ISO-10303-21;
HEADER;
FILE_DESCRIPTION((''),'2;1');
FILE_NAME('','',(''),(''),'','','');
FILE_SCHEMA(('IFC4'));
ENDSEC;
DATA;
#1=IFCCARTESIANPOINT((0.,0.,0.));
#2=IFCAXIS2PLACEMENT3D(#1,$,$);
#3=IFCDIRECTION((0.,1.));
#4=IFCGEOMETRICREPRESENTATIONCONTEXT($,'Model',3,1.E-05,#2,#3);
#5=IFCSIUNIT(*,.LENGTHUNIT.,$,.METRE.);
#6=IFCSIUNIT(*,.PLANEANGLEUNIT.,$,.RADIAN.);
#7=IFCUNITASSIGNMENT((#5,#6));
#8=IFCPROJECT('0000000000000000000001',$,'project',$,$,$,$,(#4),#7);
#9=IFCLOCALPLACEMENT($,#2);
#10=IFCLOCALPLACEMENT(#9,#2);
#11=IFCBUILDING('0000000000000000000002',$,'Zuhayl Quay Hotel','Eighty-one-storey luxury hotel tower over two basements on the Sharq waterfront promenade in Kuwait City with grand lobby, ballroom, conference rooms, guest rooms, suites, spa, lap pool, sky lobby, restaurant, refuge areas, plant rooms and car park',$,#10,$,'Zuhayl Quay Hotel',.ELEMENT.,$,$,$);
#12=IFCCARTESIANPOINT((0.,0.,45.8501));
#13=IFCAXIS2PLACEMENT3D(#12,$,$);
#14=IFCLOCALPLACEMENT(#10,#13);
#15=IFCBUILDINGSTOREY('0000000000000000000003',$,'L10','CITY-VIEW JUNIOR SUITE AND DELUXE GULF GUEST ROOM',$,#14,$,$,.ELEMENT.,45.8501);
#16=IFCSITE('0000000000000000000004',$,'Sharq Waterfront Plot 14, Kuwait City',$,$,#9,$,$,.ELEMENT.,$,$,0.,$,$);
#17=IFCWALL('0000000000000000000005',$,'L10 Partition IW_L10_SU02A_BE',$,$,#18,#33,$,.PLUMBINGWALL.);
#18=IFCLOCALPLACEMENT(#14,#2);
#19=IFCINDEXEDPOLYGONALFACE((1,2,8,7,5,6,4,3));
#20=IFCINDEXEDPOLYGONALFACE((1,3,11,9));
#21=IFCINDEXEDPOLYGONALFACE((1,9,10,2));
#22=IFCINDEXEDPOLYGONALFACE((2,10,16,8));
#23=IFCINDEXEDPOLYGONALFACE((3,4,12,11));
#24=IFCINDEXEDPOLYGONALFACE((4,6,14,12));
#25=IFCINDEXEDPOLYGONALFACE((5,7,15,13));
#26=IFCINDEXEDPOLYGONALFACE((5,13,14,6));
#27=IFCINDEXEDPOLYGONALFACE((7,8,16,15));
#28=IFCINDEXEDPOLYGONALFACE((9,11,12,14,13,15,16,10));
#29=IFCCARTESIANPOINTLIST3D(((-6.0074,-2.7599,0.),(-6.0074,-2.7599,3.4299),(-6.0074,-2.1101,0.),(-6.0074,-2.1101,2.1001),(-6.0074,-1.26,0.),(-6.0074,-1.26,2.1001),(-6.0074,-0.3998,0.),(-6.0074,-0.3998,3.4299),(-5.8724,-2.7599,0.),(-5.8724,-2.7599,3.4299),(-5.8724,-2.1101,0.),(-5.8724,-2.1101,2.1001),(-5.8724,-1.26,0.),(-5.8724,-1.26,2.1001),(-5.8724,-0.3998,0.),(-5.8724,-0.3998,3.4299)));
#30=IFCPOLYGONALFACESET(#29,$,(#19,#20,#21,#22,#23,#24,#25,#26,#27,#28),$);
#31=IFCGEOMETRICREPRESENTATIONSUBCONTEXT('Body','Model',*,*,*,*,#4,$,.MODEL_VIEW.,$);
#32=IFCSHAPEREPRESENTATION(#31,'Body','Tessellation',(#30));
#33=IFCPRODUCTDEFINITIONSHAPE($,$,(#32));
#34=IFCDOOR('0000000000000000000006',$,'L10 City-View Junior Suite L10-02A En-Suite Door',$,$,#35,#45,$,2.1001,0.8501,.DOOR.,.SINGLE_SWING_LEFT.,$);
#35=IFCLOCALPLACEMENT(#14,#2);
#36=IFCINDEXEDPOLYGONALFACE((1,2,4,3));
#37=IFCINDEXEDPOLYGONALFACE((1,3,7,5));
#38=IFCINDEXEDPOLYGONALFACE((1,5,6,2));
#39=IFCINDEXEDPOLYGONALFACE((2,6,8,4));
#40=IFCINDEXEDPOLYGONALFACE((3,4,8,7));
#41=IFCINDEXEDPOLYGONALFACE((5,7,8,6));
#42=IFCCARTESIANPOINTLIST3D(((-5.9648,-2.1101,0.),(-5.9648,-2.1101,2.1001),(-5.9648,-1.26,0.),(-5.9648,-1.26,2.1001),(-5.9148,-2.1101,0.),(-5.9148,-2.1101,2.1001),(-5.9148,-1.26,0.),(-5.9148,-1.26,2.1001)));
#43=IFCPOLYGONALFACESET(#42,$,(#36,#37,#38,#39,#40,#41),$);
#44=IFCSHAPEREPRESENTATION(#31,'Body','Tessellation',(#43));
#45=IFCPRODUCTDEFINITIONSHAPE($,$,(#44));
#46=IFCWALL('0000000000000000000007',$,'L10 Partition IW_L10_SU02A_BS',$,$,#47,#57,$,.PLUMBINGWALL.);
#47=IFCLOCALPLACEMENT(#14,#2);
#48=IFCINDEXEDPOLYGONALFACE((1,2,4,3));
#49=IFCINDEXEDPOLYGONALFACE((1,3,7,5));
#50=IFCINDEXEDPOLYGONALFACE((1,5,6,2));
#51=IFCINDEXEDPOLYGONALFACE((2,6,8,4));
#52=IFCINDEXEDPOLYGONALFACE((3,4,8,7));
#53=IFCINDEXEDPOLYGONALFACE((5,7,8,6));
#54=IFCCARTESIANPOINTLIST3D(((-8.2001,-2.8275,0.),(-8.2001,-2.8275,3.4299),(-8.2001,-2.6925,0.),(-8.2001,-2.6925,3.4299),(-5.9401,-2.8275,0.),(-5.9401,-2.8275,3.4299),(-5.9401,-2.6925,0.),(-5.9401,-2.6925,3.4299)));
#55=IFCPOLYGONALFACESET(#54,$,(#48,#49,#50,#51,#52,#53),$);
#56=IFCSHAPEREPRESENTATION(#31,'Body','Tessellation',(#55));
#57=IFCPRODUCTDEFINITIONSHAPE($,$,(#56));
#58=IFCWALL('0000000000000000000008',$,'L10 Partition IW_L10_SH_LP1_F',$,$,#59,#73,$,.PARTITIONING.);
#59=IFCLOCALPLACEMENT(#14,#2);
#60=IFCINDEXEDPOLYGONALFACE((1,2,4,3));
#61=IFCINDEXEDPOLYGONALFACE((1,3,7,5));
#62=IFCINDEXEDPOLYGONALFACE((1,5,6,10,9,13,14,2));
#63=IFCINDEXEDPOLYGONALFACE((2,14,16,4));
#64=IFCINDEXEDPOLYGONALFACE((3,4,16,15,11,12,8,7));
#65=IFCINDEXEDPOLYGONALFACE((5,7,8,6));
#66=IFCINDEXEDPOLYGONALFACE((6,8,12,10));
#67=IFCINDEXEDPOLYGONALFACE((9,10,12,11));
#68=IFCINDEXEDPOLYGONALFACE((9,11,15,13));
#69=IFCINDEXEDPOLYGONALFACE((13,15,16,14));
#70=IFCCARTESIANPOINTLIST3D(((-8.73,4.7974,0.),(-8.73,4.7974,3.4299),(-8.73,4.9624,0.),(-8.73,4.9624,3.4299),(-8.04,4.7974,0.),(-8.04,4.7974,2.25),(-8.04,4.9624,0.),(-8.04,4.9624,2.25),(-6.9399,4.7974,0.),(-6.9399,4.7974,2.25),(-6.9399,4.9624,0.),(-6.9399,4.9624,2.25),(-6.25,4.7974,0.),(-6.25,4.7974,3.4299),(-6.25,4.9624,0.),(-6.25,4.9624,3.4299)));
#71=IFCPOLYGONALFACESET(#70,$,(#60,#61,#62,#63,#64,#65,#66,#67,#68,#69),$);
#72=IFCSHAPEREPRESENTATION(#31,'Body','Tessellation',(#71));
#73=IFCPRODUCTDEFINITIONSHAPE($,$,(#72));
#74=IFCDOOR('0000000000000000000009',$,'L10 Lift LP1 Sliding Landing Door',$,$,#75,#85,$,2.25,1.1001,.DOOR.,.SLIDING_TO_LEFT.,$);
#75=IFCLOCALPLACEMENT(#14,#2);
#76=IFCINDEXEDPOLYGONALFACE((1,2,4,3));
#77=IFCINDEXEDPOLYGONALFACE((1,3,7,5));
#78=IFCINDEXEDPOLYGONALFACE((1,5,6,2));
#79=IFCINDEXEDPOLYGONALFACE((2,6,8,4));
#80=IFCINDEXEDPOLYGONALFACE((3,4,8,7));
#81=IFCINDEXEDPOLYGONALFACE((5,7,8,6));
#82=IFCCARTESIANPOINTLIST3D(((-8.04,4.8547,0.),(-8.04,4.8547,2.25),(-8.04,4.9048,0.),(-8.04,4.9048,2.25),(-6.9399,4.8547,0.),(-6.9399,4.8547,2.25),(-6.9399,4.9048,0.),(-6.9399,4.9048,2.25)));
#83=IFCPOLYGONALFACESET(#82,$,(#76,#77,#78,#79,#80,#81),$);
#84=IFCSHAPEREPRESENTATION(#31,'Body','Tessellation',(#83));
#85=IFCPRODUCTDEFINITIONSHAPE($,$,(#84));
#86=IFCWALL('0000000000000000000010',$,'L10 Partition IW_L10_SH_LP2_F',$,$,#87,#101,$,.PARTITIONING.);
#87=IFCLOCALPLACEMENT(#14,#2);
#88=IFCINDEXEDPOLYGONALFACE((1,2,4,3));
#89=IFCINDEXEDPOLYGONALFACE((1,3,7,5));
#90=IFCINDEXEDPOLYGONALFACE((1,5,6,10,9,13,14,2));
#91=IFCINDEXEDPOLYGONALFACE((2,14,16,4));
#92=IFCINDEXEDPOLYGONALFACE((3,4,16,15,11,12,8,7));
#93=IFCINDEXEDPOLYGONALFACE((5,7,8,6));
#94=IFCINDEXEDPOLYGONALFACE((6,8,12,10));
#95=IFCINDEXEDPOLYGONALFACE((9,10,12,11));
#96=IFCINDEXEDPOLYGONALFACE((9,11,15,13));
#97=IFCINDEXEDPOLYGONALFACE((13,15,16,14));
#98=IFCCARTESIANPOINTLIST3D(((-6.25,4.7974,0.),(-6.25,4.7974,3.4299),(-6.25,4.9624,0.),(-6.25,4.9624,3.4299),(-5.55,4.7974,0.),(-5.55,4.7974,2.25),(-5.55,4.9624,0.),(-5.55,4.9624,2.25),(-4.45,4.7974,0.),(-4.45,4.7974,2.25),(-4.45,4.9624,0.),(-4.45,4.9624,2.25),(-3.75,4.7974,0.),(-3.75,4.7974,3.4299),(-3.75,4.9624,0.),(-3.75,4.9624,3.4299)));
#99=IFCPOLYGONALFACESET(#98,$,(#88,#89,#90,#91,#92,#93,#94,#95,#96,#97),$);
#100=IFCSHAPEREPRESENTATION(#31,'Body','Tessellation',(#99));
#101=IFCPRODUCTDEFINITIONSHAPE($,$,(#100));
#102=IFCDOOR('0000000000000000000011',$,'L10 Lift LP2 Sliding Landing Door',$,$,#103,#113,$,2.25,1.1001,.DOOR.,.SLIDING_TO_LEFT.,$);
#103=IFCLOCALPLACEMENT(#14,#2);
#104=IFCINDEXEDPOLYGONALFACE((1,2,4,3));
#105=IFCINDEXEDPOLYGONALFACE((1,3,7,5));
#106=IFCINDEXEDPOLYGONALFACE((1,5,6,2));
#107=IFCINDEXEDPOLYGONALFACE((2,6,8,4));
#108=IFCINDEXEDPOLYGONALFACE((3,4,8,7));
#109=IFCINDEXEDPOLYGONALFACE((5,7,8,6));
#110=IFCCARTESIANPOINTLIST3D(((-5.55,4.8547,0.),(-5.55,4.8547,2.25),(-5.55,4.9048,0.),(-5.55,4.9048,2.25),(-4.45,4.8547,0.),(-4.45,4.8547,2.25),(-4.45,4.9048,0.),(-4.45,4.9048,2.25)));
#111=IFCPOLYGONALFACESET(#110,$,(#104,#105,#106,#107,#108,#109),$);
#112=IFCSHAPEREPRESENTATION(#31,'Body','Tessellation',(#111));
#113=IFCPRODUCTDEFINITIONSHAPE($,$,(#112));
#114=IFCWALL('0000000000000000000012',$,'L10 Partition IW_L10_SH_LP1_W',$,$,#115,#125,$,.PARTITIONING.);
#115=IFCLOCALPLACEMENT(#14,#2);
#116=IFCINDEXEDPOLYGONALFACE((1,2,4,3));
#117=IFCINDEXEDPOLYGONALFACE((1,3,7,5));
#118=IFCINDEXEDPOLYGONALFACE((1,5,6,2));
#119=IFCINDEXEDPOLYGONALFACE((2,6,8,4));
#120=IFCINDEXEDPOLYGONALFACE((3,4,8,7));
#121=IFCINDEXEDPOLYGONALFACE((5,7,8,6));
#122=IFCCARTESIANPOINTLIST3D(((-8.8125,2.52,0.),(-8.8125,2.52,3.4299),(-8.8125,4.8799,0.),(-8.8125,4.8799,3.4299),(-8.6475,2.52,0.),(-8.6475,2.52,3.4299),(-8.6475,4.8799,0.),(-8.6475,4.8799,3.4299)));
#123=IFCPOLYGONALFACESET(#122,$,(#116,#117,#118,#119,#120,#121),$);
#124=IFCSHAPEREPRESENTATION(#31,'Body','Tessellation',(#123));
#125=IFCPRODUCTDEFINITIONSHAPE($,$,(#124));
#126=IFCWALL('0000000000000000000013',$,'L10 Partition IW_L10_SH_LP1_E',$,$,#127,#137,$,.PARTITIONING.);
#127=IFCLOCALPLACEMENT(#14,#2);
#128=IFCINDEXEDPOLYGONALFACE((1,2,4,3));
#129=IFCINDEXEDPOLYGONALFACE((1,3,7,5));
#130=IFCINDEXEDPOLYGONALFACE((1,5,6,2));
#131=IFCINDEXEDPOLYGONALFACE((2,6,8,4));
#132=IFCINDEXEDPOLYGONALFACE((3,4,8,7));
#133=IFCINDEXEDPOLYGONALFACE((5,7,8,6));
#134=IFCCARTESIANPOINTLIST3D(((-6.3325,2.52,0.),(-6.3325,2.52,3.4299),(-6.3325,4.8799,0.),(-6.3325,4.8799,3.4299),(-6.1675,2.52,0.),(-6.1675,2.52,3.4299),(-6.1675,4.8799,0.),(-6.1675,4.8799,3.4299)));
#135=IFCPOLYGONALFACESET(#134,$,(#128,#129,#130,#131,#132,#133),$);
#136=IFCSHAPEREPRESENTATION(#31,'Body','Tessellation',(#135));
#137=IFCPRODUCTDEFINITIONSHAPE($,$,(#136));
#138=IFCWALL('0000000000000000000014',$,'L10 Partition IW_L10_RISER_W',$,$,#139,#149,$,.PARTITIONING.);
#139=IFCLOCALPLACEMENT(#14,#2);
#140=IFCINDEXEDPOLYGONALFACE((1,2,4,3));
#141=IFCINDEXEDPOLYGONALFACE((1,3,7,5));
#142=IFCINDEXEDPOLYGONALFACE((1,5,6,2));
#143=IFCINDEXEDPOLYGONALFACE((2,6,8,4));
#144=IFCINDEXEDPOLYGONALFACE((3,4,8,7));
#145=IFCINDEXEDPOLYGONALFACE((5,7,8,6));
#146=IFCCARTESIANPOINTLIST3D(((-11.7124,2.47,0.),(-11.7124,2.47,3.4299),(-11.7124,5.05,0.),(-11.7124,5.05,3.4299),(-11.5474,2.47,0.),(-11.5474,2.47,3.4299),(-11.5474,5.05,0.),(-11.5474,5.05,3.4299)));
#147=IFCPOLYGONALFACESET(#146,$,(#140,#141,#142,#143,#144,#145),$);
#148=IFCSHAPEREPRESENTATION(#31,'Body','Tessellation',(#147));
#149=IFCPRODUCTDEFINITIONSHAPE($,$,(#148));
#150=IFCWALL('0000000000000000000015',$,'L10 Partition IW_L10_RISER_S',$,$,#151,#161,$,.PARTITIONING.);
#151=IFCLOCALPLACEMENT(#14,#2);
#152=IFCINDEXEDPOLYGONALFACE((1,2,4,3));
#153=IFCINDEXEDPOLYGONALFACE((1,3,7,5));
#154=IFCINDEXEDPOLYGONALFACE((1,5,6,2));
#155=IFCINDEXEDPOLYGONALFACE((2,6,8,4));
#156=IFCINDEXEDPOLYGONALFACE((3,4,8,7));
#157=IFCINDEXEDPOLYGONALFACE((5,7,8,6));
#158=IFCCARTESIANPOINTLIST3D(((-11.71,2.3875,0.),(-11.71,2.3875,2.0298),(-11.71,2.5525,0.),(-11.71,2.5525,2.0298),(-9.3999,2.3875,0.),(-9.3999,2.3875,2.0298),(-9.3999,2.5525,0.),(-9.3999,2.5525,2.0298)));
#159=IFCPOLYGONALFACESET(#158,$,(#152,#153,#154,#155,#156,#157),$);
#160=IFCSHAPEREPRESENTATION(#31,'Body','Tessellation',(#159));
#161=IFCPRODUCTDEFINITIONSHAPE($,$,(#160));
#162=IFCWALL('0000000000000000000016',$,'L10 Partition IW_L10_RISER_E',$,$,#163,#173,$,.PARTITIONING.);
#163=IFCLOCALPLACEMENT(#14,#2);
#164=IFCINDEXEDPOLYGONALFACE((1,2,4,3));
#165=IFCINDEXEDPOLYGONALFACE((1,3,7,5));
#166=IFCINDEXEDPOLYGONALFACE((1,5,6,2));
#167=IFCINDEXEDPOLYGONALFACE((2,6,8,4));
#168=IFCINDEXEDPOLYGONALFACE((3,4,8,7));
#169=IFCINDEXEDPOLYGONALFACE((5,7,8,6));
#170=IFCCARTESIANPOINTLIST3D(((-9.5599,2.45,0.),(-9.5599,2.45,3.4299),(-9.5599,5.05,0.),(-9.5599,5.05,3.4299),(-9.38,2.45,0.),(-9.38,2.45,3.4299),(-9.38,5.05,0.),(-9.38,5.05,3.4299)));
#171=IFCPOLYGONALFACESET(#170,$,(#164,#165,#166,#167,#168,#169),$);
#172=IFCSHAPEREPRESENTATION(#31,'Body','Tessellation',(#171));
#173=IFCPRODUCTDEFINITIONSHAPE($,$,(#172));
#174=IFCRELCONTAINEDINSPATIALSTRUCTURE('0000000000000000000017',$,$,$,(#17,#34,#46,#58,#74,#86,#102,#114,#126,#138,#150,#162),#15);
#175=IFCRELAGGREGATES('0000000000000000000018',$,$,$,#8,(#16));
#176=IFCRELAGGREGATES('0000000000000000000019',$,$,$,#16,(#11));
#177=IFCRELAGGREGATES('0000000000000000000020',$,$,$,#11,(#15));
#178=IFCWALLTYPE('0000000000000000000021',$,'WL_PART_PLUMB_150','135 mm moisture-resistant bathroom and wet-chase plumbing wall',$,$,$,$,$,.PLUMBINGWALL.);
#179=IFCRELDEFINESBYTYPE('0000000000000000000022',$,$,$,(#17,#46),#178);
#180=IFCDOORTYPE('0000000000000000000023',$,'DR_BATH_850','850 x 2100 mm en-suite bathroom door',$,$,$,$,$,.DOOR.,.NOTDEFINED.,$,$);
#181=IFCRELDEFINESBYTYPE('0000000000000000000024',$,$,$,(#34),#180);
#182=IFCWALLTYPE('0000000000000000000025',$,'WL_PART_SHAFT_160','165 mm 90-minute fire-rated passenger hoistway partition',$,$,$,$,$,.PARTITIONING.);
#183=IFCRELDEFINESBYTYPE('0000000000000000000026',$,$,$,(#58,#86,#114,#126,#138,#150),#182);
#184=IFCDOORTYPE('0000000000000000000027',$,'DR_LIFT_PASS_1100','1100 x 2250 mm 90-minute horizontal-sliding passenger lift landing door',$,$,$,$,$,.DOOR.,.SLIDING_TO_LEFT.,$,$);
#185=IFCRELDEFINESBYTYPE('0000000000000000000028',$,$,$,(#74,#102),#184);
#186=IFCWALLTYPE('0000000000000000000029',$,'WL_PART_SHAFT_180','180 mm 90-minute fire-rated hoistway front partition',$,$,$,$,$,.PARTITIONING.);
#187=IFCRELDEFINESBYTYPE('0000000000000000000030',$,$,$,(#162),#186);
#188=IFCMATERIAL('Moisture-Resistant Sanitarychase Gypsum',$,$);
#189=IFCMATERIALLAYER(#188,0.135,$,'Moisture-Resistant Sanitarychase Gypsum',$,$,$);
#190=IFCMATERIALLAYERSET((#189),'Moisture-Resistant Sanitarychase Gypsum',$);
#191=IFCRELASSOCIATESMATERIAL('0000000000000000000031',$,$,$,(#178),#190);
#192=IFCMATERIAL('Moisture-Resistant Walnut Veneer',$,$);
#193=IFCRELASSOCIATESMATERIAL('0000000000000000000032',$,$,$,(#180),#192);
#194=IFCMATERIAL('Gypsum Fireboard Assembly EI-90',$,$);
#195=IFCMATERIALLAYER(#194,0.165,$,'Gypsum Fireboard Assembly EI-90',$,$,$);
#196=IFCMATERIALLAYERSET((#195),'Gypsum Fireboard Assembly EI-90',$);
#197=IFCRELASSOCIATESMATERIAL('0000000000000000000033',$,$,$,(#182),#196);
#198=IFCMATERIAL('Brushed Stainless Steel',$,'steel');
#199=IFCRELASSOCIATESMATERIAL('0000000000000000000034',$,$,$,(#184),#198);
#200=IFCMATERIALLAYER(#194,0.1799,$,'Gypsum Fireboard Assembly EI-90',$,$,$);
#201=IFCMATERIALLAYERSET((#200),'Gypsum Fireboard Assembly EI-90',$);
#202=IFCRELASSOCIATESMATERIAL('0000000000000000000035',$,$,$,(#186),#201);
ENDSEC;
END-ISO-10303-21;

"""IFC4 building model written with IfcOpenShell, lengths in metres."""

from ifc_helpers import new_model, si_unit, direction, frame, frame_2d, origin, place, context, subcontext, project, spatial, rectangle, extrude, material, layer, layer_set, type_object, element, fill, save


model = new_model("IFC4")

# Units and contexts
model_context = context("Model", 3, precision=1e-05, world=origin(), true_north=direction((0.0, 1.0)))
body_context = subcontext(model_context, "Body", "Model", "MODEL_VIEW")
ifc_project = project(units=[si_unit("LENGTHUNIT", "METRE"), si_unit("PLANEANGLEUNIT", "RADIAN")], contexts=[model_context])

# Site, building, storey
site_placement = place(None, origin())
site = spatial("IfcSite", under=ifc_project, at=site_placement, Name="Sharq Waterfront Plot 14, Kuwait City", CompositionType="ELEMENT", RefElevation=0.0)
building_placement = place(site_placement, origin())
building = spatial("IfcBuilding", under=site, at=building_placement, Name="Zuhayl Quay Hotel", Description="Eighty-one-storey luxury hotel tower over two basements on the Sharq waterfront promenade in Kuwait City with grand lobby, ballroom, conference rooms, guest rooms, suites, spa, lap pool, sky lobby, restaurant, refuge areas, plant rooms and car park", LongName="Zuhayl Quay Hotel", CompositionType="ELEMENT")
storey_placement = place(building_placement, frame((0.0, 0.0, 45.8501)))
storey = spatial("IfcBuildingStorey", under=building, at=storey_placement, Name="L10", Description="CITY-VIEW JUNIOR SUITE AND DELUXE GULF GUEST ROOM", CompositionType="ELEMENT", Elevation=45.8501)

# Wall, opening, door
ifc_material_1 = material(Name="Moisture-Resistant Sanitarychase Gypsum")
ifc_layer_1 = layer(ifc_material_1, 0.135, Name="Moisture-Resistant Sanitarychase Gypsum")
ifc_layer_set_1 = layer_set([ifc_layer_1], Name="Moisture-Resistant Sanitarychase Gypsum")
wall_type_1 = type_object("IfcWallType", Name="WL_PART_PLUMB_150", Description="135 mm moisture-resistant bathroom and wet-chase plumbing wall", PredefinedType="PLUMBINGWALL", material=ifc_layer_set_1)
ifc_material_2 = material(Name="Moisture-Resistant Walnut Veneer")
door_type_1 = type_object("IfcDoorType", Name="DR_BATH_850", Description="850 x 2100 mm en-suite bathroom door", OperationType="NOTDEFINED", PredefinedType="DOOR", material=ifc_material_2)
wall_1_placement = place(storey_placement, frame((-5.9399, -2.76, 0.0), z_axis=(0.0, 0.0, 1.0), x_axis=(0.0, 1.0, 0.0)))
wall_1 = element("IfcWall", 1, at=wall_1_placement, inside=storey, type_object=wall_type_1, Name="L10 Partition IW_L10_SU02A_BE", PredefinedType="PLUMBINGWALL", context=body_context, shape_type="SweptSolid", body=[
    extrude(rectangle(XDim=2.3601, YDim=0.135, at=frame_2d((1.1802, 0.0))), origin(), (0.0, 0.0, 1.0), 3.4299),
])
opening_1_placement = place(wall_1_placement, frame((0.6499, 0.0, 0.0)))
opening_1 = element("IfcOpeningElement", 2, at=opening_1_placement, cuts=wall_1, PredefinedType="OPENING", context=body_context, shape_type="SweptSolid", body=[
    extrude(rectangle(XDim=0.8501, YDim=2.1001, at=frame_2d((0.425, 1.05))), frame((0.0, 0.0774, 0.0), z_axis=(0.0, -1.0, 0.0), x_axis=(1.0, 0.0, 0.0)), (0.0, 0.0, 1.0), 0.155),
])
door_1_placement = place(opening_1_placement, origin())
door_1 = element("IfcDoor", 3, at=door_1_placement, inside=storey, type_object=door_type_1, Name="L10 City-View Junior Suite L10-02A En-Suite Door", OperationType="SINGLE_SWING_LEFT", OverallHeight=2.1001, OverallWidth=0.8501, PredefinedType="DOOR", context=body_context, shape_type="SweptSolid", body=[
    extrude(rectangle(XDim=0.8501, YDim=2.1001, at=frame_2d((0.425, 1.05))), frame((0.0, 0.0249, 0.0), z_axis=(0.0, -1.0, 0.0), x_axis=(1.0, 0.0, 0.0)), (0.0, 0.0, 1.0), 0.05),
])
fill(opening_1, door_1)

# Wall
wall_2_placement = place(storey_placement, frame((-8.2, -2.76, 0.0), z_axis=(0.0, 0.0, 1.0), x_axis=(1.0, 0.0, 0.0)))
element("IfcWall", 4, at=wall_2_placement, inside=storey, type_object=wall_type_1, Name="L10 Partition IW_L10_SU02A_BS", PredefinedType="PLUMBINGWALL", context=body_context, shape_type="SweptSolid", body=[
    extrude(rectangle(XDim=2.26, YDim=0.135, at=frame_2d((1.1299, 0.0))), origin(), (0.0, 0.0, 1.0), 3.4299),
])

# Walls, openings, doors
ifc_material_3 = material(Name="Gypsum Fireboard Assembly EI-90")
ifc_layer_2 = layer(ifc_material_3, 0.165, Name="Gypsum Fireboard Assembly EI-90")
ifc_layer_set_2 = layer_set([ifc_layer_2], Name="Gypsum Fireboard Assembly EI-90")
wall_type_2 = type_object("IfcWallType", Name="WL_PART_SHAFT_160", Description="165 mm 90-minute fire-rated passenger hoistway partition", PredefinedType="PARTITIONING", material=ifc_layer_set_2)
wall_3_placement = place(storey_placement, frame((-8.73, 4.8799, 0.0), z_axis=(0.0, 0.0, 1.0), x_axis=(1.0, 0.0, 0.0)))
wall_3 = element("IfcWall", 5, at=wall_3_placement, inside=storey, type_object=wall_type_2, Name="L10 Partition IW_L10_SH_LP1_F", PredefinedType="PARTITIONING", context=body_context, shape_type="SweptSolid", body=[
    extrude(rectangle(XDim=2.48, YDim=0.165, at=frame_2d((1.24, 0.0))), origin(), (0.0, 0.0, 1.0), 3.4299),
])
opening_2_placement = place(wall_3_placement, frame((0.6899, 0.0, 0.0)))
opening_2 = element("IfcOpeningElement", 6, at=opening_2_placement, cuts=wall_3, PredefinedType="OPENING", context=body_context, shape_type="SweptSolid", body=[
    extrude(rectangle(XDim=1.1001, YDim=2.25, at=frame_2d((0.55, 1.125))), frame((0.0, 0.0925, 0.0), z_axis=(0.0, -1.0, 0.0), x_axis=(1.0, 0.0, 0.0)), (0.0, 0.0, 1.0), 0.1851),
])
ifc_material_4 = material(Name="Brushed Stainless Steel", Category="steel")
door_type_2 = type_object("IfcDoorType", Name="DR_LIFT_PASS_1100", Description="1100 x 2250 mm 90-minute horizontal-sliding passenger lift landing door", OperationType="SLIDING_TO_LEFT", PredefinedType="DOOR", material=ifc_material_4)
door_2_placement = place(opening_2_placement, origin())
door_2 = element("IfcDoor", 7, at=door_2_placement, inside=storey, type_object=door_type_2, Name="L10 Lift LP1 Sliding Landing Door", OperationType="SLIDING_TO_LEFT", OverallHeight=2.25, OverallWidth=1.1001, PredefinedType="DOOR", context=body_context, shape_type="SweptSolid", body=[
    extrude(rectangle(XDim=1.1001, YDim=2.25, at=frame_2d((0.55, 1.125))), frame((0.0, 0.0249, 0.0), z_axis=(0.0, -1.0, 0.0), x_axis=(1.0, 0.0, 0.0)), (0.0, 0.0, 1.0), 0.05),
])
fill(opening_2, door_2)
wall_4_placement = place(storey_placement, frame((-6.25, 4.8799, 0.0), z_axis=(0.0, 0.0, 1.0), x_axis=(1.0, 0.0, 0.0)))
wall_4 = element("IfcWall", 8, at=wall_4_placement, inside=storey, type_object=wall_type_2, Name="L10 Partition IW_L10_SH_LP2_F", PredefinedType="PARTITIONING", context=body_context, shape_type="SweptSolid", body=[
    extrude(rectangle(XDim=2.5, YDim=0.165, at=frame_2d((1.25, 0.0))), origin(), (0.0, 0.0, 1.0), 3.4299),
])
opening_3_placement = place(wall_4_placement, frame((0.7, 0.0, 0.0)))
opening_3 = element("IfcOpeningElement", 9, at=opening_3_placement, cuts=wall_4, PredefinedType="OPENING", context=body_context, shape_type="SweptSolid", body=[
    extrude(rectangle(XDim=1.1001, YDim=2.25, at=frame_2d((0.55, 1.125))), frame((0.0, 0.0925, 0.0), z_axis=(0.0, -1.0, 0.0), x_axis=(1.0, 0.0, 0.0)), (0.0, 0.0, 1.0), 0.1851),
])
door_3_placement = place(opening_3_placement, origin())
door_3 = element("IfcDoor", 10, at=door_3_placement, inside=storey, type_object=door_type_2, Name="L10 Lift LP2 Sliding Landing Door", OperationType="SLIDING_TO_LEFT", OverallHeight=2.25, OverallWidth=1.1001, PredefinedType="DOOR", context=body_context, shape_type="SweptSolid", body=[
    extrude(rectangle(XDim=1.1001, YDim=2.25, at=frame_2d((0.55, 1.125))), frame((0.0, 0.0249, 0.0), z_axis=(0.0, -1.0, 0.0), x_axis=(1.0, 0.0, 0.0)), (0.0, 0.0, 1.0), 0.05),
])
fill(opening_3, door_3)

# Walls
for number, where, z_axis, x_axis, name in (
    (11, (-8.73, 2.52, 0.0), (0.0, 0.0, 1.0), (0.0, 1.0, 0.0), "L10 Partition IW_L10_SH_LP1_W"),
    (12, (-6.25, 2.52, 0.0), (0.0, 0.0, 1.0), (0.0, 1.0, 0.0), "L10 Partition IW_L10_SH_LP1_E"),
):
    element("IfcWall", number, at=place(storey_placement, frame(where, z_axis=z_axis, x_axis=x_axis)), inside=storey, type_object=wall_type_2, Name=name, PredefinedType="PARTITIONING", context=body_context, shape_type="SweptSolid", body=[
        extrude(rectangle(XDim=2.3599, YDim=0.165, at=frame_2d((1.1799, 0.0))), origin(), (0.0, 0.0, 1.0), 3.4299),
    ])
wall_5_placement = place(storey_placement, frame((-11.6299, 2.47, 0.0), z_axis=(0.0, 0.0, 1.0), x_axis=(0.0, 1.0, 0.0)))
element("IfcWall", 13, at=wall_5_placement, inside=storey, type_object=wall_type_2, Name="L10 Partition IW_L10_RISER_W", PredefinedType="PARTITIONING", context=body_context, shape_type="SweptSolid", body=[
    extrude(rectangle(XDim=2.5801, YDim=0.165, at=frame_2d((1.29, 0.0))), origin(), (0.0, 0.0, 1.0), 3.4299),
])
wall_6_placement = place(storey_placement, frame((-11.71, 2.47, 0.0), z_axis=(0.0, 0.0, 1.0), x_axis=(1.0, 0.0, 0.0)))
element("IfcWall", 14, at=wall_6_placement, inside=storey, type_object=wall_type_2, Name="L10 Partition IW_L10_RISER_S", PredefinedType="PARTITIONING", context=body_context, shape_type="SweptSolid", body=[
    extrude(rectangle(XDim=2.3101, YDim=0.165, at=frame_2d((1.155, 0.0))), origin(), (0.0, 0.0, 1.0), 2.0298),
])
ifc_layer_3 = layer(ifc_material_3, 0.1799, Name="Gypsum Fireboard Assembly EI-90")
ifc_layer_set_3 = layer_set([ifc_layer_3], Name="Gypsum Fireboard Assembly EI-90")
wall_type_3 = type_object("IfcWallType", Name="WL_PART_SHAFT_180", Description="180 mm 90-minute fire-rated hoistway front partition", PredefinedType="PARTITIONING", material=ifc_layer_set_3)
wall_7_placement = place(storey_placement, frame((-9.47, 2.45, 0.0), z_axis=(0.0, 0.0, 1.0), x_axis=(0.0, 1.0, 0.0)))
element("IfcWall", 15, at=wall_7_placement, inside=storey, type_object=wall_type_3, Name="L10 Partition IW_L10_RISER_E", PredefinedType="PARTITIONING", context=body_context, shape_type="SweptSolid", body=[
    extrude(rectangle(XDim=2.6001, YDim=0.1799, at=frame_2d((1.3, 0.0))), origin(), (0.0, 0.0, 1.0), 3.4299),
])

save(model, "model.ifc")
